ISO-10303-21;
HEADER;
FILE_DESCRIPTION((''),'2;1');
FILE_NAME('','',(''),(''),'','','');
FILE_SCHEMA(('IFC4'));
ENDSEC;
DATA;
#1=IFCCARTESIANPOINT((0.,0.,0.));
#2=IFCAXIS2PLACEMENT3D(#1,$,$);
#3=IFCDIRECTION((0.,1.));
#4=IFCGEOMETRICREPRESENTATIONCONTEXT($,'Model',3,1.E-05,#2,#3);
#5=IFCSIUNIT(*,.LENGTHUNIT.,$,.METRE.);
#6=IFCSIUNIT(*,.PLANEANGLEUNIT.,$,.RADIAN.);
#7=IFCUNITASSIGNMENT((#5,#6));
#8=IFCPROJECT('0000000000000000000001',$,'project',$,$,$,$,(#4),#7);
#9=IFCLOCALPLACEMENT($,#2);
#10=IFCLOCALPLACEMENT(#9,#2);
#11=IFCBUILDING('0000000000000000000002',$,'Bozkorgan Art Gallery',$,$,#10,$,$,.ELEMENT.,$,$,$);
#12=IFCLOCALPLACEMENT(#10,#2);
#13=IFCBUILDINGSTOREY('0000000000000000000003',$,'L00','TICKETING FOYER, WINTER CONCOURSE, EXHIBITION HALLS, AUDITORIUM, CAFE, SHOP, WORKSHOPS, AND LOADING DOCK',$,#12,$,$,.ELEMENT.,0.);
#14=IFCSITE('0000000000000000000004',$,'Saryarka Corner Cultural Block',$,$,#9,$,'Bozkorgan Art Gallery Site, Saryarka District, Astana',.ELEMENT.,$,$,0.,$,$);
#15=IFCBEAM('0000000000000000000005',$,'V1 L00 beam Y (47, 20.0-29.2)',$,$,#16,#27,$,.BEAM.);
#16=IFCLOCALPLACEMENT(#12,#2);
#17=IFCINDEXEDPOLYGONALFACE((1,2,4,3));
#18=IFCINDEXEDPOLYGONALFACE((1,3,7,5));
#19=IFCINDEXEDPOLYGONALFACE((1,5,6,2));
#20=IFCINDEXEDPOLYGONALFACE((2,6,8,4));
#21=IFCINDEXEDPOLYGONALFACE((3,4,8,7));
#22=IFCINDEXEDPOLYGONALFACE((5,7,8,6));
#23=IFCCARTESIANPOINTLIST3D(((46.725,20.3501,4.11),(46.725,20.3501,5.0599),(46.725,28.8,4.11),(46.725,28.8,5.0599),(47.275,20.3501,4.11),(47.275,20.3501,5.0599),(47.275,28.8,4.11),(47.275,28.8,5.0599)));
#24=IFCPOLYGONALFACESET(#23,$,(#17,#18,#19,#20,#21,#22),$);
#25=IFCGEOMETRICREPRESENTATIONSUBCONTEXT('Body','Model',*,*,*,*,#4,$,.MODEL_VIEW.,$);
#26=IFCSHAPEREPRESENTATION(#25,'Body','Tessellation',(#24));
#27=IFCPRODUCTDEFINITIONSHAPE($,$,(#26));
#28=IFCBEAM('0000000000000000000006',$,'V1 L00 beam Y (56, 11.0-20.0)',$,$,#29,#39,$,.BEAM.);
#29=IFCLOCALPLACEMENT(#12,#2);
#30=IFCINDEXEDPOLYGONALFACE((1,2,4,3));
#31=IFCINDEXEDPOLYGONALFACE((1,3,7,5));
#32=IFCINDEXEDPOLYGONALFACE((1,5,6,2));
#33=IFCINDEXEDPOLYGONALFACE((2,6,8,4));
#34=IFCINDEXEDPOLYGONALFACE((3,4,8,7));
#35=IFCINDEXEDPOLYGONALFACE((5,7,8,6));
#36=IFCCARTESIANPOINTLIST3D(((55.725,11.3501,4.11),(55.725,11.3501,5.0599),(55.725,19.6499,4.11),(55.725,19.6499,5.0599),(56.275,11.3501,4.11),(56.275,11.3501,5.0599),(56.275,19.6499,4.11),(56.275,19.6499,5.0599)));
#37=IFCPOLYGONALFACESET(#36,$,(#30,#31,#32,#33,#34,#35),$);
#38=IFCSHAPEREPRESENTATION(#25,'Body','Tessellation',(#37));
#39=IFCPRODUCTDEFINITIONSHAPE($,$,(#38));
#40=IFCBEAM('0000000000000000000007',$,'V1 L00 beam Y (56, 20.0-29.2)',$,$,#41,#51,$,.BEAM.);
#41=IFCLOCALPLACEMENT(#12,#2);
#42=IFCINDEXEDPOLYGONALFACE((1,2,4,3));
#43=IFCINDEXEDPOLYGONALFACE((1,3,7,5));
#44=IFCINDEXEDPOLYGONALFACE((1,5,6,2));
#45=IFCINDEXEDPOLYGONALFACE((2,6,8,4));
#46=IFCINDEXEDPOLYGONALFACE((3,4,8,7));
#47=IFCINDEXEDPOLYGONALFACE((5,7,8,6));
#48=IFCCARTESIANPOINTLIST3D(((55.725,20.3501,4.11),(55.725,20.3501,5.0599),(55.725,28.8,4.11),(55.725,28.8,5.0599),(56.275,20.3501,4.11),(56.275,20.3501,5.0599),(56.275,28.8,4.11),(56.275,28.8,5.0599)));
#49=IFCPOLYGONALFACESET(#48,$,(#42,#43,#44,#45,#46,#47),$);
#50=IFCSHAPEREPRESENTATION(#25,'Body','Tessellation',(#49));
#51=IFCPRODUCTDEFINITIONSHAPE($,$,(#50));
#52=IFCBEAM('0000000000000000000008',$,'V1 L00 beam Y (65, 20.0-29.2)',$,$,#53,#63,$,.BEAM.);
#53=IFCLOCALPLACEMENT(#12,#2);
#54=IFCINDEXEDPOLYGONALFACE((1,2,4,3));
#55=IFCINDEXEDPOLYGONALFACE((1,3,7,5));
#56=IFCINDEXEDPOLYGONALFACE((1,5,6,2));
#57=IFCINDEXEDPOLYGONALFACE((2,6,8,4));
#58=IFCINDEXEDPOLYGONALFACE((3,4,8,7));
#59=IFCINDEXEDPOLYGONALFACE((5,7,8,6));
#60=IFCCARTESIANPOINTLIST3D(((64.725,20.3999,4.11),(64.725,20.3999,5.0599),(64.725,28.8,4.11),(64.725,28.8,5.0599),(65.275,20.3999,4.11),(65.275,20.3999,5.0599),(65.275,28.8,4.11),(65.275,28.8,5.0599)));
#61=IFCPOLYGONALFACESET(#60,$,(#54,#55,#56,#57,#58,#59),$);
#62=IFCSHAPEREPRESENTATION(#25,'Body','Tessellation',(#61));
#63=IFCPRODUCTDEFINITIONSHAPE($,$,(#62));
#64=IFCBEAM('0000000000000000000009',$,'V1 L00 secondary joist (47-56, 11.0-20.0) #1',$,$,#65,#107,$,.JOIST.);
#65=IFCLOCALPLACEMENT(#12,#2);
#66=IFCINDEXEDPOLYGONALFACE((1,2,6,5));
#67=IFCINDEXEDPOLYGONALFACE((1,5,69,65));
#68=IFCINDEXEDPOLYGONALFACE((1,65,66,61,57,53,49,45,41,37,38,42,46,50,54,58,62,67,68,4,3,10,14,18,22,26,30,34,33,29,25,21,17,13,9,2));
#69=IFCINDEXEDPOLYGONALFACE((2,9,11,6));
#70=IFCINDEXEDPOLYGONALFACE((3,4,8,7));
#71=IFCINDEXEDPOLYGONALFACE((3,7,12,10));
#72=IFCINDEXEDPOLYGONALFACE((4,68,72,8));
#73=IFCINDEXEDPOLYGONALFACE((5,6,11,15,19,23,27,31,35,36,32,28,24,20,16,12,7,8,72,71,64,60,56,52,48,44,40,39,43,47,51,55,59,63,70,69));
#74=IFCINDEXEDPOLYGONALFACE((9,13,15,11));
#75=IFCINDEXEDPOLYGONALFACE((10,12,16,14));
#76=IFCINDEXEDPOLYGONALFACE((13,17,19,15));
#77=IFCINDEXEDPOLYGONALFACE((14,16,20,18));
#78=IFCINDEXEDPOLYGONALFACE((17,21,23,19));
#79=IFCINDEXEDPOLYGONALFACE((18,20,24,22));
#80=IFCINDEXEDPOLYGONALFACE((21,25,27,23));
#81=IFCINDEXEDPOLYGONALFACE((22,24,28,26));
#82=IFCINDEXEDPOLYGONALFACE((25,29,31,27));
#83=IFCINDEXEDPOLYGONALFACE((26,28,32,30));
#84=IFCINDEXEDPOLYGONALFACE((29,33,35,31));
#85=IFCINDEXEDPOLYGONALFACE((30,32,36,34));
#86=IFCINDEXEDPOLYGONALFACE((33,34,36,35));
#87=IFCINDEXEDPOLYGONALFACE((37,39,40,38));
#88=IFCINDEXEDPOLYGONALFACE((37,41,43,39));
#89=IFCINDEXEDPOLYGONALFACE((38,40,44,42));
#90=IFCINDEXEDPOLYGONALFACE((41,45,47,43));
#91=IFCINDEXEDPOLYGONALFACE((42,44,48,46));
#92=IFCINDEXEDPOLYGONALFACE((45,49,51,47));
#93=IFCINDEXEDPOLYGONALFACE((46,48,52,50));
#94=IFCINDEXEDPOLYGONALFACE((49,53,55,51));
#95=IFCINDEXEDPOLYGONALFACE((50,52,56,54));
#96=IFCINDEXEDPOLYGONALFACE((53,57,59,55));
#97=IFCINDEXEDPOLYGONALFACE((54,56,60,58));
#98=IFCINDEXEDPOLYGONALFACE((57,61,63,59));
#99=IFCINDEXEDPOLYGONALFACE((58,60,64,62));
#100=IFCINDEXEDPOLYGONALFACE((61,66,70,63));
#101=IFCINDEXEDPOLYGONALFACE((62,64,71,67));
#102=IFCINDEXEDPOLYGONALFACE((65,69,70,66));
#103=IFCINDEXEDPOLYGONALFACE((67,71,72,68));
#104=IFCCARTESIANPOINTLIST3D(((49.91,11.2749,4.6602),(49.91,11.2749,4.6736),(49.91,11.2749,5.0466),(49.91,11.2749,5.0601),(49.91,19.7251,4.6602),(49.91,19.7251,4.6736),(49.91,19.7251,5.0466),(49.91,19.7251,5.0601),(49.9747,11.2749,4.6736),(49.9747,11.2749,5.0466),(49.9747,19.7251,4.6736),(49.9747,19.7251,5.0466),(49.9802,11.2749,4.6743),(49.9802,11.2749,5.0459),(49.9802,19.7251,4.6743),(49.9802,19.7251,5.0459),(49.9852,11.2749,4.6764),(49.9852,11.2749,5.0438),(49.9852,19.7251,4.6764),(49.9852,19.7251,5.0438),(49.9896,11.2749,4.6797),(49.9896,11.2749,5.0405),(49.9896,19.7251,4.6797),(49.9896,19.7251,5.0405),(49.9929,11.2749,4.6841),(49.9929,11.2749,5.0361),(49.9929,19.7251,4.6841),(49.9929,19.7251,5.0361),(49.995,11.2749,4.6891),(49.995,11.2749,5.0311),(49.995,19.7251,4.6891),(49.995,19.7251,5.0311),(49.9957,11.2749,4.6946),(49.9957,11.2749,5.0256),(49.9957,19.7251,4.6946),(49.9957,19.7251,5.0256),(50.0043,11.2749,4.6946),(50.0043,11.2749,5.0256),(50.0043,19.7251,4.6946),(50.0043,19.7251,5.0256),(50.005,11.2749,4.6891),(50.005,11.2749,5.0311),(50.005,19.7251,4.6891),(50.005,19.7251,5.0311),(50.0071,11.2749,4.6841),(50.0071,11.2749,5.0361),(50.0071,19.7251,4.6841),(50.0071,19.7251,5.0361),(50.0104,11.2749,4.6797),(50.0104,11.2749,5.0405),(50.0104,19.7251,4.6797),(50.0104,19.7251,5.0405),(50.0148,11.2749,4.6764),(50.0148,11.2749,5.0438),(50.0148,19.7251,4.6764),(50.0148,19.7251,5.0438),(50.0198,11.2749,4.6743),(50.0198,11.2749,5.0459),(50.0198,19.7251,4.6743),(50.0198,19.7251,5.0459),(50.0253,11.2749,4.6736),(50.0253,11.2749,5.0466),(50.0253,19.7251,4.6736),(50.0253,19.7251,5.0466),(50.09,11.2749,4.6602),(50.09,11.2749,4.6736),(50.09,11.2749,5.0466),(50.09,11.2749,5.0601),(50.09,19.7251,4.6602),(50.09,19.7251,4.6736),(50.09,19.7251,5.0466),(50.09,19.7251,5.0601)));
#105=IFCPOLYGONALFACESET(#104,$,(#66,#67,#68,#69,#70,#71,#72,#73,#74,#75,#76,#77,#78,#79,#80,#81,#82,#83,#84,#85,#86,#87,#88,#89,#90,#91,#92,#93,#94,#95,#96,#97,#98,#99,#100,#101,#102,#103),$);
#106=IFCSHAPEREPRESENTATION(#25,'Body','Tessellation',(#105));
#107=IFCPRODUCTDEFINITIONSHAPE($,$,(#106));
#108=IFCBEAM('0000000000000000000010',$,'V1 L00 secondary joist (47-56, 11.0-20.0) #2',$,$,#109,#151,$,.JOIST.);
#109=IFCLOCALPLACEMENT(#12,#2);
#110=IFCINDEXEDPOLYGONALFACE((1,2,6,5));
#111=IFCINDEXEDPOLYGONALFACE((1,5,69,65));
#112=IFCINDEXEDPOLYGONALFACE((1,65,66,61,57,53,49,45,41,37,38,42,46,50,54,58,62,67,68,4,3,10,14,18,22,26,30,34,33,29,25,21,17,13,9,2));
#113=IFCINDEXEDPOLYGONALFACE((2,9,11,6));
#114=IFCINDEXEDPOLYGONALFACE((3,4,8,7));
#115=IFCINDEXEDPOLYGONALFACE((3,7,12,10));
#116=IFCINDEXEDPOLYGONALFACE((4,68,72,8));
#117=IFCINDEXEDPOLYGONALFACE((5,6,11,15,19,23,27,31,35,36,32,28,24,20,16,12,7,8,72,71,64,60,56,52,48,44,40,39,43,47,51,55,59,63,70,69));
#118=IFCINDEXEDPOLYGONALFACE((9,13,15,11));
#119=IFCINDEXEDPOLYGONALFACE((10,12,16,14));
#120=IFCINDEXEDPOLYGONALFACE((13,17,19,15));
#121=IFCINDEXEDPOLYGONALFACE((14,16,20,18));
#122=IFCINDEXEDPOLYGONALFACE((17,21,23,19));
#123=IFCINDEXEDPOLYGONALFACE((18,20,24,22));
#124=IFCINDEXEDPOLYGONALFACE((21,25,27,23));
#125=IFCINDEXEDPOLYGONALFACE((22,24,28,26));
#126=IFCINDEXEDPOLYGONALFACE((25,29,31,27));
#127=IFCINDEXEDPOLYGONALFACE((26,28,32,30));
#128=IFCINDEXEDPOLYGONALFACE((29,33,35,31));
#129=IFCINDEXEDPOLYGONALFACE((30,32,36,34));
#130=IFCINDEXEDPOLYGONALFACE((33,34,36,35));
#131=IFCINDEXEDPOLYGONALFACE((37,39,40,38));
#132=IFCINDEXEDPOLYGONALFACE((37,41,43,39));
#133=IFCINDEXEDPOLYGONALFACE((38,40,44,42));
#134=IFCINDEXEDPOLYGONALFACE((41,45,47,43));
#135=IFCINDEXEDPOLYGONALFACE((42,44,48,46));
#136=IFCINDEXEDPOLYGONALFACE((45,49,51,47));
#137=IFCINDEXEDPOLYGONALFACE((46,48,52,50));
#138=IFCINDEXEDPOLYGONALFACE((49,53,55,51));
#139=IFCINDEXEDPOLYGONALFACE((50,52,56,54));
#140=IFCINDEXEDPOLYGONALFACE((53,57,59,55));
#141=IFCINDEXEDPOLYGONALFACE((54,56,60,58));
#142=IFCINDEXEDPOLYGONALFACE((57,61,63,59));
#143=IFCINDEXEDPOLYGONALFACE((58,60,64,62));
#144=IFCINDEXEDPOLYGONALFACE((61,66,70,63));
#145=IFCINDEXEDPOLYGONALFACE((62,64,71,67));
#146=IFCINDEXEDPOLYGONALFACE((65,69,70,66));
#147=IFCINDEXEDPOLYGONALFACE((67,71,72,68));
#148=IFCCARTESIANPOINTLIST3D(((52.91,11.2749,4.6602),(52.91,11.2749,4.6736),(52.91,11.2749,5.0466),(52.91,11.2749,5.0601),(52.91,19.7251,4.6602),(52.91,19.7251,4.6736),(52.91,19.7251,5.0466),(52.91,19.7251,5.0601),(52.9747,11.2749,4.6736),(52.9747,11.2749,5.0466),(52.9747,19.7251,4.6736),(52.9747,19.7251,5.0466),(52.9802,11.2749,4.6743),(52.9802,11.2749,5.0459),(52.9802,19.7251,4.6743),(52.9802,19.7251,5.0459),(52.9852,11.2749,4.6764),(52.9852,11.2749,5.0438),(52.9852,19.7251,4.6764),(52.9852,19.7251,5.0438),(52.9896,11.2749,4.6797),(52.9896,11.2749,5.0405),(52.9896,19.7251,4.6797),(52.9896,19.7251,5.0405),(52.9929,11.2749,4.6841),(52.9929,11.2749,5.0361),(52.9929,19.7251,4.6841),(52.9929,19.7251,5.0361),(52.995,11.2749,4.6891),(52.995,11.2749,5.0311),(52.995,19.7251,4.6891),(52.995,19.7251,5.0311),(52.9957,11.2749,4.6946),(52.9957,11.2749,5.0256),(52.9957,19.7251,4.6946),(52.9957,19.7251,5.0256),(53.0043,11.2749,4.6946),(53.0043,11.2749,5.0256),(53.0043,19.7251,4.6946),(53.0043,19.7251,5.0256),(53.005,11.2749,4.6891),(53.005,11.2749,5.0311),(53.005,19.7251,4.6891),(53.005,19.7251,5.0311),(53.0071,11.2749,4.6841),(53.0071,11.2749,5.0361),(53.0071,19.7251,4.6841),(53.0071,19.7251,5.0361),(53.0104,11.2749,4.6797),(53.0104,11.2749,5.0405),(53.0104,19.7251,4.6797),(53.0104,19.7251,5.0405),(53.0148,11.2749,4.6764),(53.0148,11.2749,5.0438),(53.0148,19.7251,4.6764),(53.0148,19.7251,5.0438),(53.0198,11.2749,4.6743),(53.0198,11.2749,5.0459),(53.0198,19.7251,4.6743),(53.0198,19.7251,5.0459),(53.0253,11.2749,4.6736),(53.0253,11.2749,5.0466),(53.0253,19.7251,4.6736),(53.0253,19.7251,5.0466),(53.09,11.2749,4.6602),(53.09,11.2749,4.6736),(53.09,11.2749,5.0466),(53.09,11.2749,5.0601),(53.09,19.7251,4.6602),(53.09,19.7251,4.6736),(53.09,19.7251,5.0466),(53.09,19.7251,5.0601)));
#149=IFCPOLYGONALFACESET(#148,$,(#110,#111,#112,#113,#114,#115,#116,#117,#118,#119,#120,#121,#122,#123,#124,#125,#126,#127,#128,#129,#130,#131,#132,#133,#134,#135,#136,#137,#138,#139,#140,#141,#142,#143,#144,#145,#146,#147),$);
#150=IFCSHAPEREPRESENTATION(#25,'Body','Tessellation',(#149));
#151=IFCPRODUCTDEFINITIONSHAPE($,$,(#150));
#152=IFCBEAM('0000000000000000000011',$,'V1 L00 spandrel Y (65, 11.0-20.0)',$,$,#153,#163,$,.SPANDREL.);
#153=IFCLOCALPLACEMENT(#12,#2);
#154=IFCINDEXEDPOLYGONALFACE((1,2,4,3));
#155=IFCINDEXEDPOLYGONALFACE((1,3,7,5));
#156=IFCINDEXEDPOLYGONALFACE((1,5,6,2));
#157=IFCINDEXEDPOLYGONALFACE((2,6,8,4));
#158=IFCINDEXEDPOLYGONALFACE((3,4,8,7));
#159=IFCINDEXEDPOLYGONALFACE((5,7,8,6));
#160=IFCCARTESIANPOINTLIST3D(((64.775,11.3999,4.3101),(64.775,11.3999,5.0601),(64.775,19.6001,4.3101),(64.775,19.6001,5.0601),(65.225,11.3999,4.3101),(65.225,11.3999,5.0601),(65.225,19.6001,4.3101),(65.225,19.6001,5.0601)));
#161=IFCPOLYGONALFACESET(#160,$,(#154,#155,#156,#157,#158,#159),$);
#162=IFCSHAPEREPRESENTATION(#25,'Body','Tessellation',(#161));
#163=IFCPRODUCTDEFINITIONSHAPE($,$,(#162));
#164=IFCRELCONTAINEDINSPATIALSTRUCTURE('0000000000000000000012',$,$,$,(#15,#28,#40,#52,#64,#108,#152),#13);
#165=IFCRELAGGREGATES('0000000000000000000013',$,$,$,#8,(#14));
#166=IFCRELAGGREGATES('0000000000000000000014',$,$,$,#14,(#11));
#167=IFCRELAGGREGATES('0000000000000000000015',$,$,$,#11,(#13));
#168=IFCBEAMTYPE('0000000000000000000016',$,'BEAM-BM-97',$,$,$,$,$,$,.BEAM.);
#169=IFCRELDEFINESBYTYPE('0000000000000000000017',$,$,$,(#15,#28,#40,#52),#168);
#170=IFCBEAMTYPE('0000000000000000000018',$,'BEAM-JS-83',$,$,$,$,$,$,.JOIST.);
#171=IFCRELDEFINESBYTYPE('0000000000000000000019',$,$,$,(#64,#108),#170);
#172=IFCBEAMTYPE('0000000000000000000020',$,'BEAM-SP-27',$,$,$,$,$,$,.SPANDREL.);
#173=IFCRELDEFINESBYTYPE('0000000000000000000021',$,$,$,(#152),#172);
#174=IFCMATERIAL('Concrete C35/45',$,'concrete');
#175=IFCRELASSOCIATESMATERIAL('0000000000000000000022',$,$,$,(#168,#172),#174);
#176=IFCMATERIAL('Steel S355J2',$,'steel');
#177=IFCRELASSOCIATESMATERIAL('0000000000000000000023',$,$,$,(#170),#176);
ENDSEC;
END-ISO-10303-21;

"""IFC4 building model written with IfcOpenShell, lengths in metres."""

from ifc_helpers import new_model, si_unit, direction, frame, origin, origin_2d, place, context, subcontext, project, spatial, rectangle, i_section, extrude, material, material_profile, profile_set, type_object, element, save


model = new_model("IFC4")

# Units and contexts
model_context = context("Model", 3, precision=1e-05, world=origin(), true_north=direction((0.0, 1.0)))
body_context = subcontext(model_context, "Body", "Model", "MODEL_VIEW")
ifc_project = project(units=[si_unit("LENGTHUNIT", "METRE"), si_unit("PLANEANGLEUNIT", "RADIAN")], contexts=[model_context])

# Site, building, storey
site_placement = place(None, origin())
site = spatial("IfcSite", under=ifc_project, at=site_placement, Name="Saryarka Corner Cultural Block", LongName="Bozkorgan Art Gallery Site, Saryarka District, Astana", CompositionType="ELEMENT", RefElevation=0.0)
building_placement = place(site_placement, origin())
building = spatial("IfcBuilding", under=site, at=building_placement, Name="Bozkorgan Art Gallery", CompositionType="ELEMENT")
storey_placement = place(building_placement, origin())
storey = spatial("IfcBuildingStorey", under=building, at=storey_placement, Name="L00", Description="TICKETING FOYER, WINTER CONCOURSE, EXHIBITION HALLS, AUDITORIUM, CAFE, SHOP, WORKSHOPS, AND LOADING DOCK", CompositionType="ELEMENT", Elevation=0.0)

# Shared definitions
ifc_material_1 = material(Name="Steel S355J2", Category="steel")

# Beams
ifc_material_2 = material(Name="Concrete C35/45", Category="concrete")
ifc_material_profile_1 = material_profile(ifc_material_2, rectangle(XDim=0.55, YDim=0.95, at=origin_2d()), Name="RC 550x950")
ifc_profile_set_1 = profile_set([ifc_material_profile_1], Name="Concrete C35/45")
beam_type_1 = type_object("IfcBeamType", Name="BEAM-BM-97", PredefinedType="BEAM", material=ifc_profile_set_1)
beam_1_placement = place(storey_placement, frame((47.0, 20.3501, 4.585), z_axis=(0.0, 1.0, 0.0), x_axis=(-1.0, 0.0, 0.0)))
element("IfcBeam", 1, at=beam_1_placement, inside=storey, type_object=beam_type_1, Name="V1 L00 beam Y (47, 20.0-29.2)", PredefinedType="BEAM", context=body_context, shape_type="SweptSolid", body=[
    extrude(rectangle(XDim=0.55, YDim=0.95, at=origin_2d()), origin(), (0.0, 0.0, 1.0), 8.45),
])
beam_2_placement = place(storey_placement, frame((56.0, 11.3501, 4.585), z_axis=(0.0, 1.0, 0.0), x_axis=(-1.0, 0.0, 0.0)))
element("IfcBeam", 2, at=beam_2_placement, inside=storey, type_object=beam_type_1, Name="V1 L00 beam Y (56, 11.0-20.0)", PredefinedType="BEAM", context=body_context, shape_type="SweptSolid", body=[
    extrude(rectangle(XDim=0.55, YDim=0.95, at=origin_2d()), origin(), (0.0, 0.0, 1.0), 8.2998),
])
beam_3_placement = place(storey_placement, frame((56.0, 20.3501, 4.585), z_axis=(0.0, 1.0, 0.0), x_axis=(-1.0, 0.0, 0.0)))
element("IfcBeam", 3, at=beam_3_placement, inside=storey, type_object=beam_type_1, Name="V1 L00 beam Y (56, 20.0-29.2)", PredefinedType="BEAM", context=body_context, shape_type="SweptSolid", body=[
    extrude(rectangle(XDim=0.55, YDim=0.95, at=origin_2d()), origin(), (0.0, 0.0, 1.0), 8.45),
])
beam_4_placement = place(storey_placement, frame((65.0, 20.3999, 4.585), z_axis=(0.0, 1.0, 0.0), x_axis=(-1.0, 0.0, 0.0)))
element("IfcBeam", 4, at=beam_4_placement, inside=storey, type_object=beam_type_1, Name="V1 L00 beam Y (65, 20.0-29.2)", PredefinedType="BEAM", context=body_context, shape_type="SweptSolid", body=[
    extrude(rectangle(XDim=0.55, YDim=0.95, at=origin_2d()), origin(), (0.0, 0.0, 1.0), 8.4001),
])
ifc_material_profile_2 = material_profile(ifc_material_1, i_section(OverallWidth=0.1799, OverallDepth=0.3999, WebThickness=0.0085, FlangeThickness=0.0134, FilletRadius=0.021, at=origin_2d()), Name="IPE 400")
ifc_profile_set_2 = profile_set([ifc_material_profile_2], Name="Steel S355J2")
beam_type_2 = type_object("IfcBeamType", Name="BEAM-JS-83", PredefinedType="JOIST", material=ifc_profile_set_2)
for number, where, z_axis, x_axis, name in (
    (5, (50.0, 11.2749, 4.8601), (0.0, 1.0, 0.0), (-1.0, 0.0, 0.0), "V1 L00 secondary joist (47-56, 11.0-20.0) #1"),
    (6, (53.0, 11.2749, 4.8601), (0.0, 1.0, 0.0), (-1.0, 0.0, 0.0), "V1 L00 secondary joist (47-56, 11.0-20.0) #2"),
):
    element("IfcBeam", number, at=place(storey_placement, frame(where, z_axis=z_axis, x_axis=x_axis)), inside=storey, type_object=beam_type_2, Name=name, PredefinedType="JOIST", context=body_context, shape_type="SweptSolid", body=[
        extrude(i_section(OverallWidth=0.1799, OverallDepth=0.3999, WebThickness=0.0085, FlangeThickness=0.0134, FilletRadius=0.021, at=origin_2d()), origin(), (0.0, 0.0, 1.0), 8.4502),
    ])
ifc_material_profile_3 = material_profile(ifc_material_2, rectangle(XDim=0.45, YDim=0.75, at=origin_2d()), Name="RC 450x750")
ifc_profile_set_3 = profile_set([ifc_material_profile_3], Name="Concrete C35/45")
beam_type_3 = type_object("IfcBeamType", Name="BEAM-SP-27", PredefinedType="SPANDREL", material=ifc_profile_set_3)
beam_5_placement = place(storey_placement, frame((65.0, 11.3999, 4.6851), z_axis=(0.0, 1.0, 0.0), x_axis=(-1.0, 0.0, 0.0)))
element("IfcBeam", 7, at=beam_5_placement, inside=storey, type_object=beam_type_3, Name="V1 L00 spandrel Y (65, 11.0-20.0)", PredefinedType="SPANDREL", context=body_context, shape_type="SweptSolid", body=[
    extrude(rectangle(XDim=0.45, YDim=0.75, at=origin_2d()), origin(), (0.0, 0.0, 1.0), 8.2002),
])

save(model, "model.ifc")
